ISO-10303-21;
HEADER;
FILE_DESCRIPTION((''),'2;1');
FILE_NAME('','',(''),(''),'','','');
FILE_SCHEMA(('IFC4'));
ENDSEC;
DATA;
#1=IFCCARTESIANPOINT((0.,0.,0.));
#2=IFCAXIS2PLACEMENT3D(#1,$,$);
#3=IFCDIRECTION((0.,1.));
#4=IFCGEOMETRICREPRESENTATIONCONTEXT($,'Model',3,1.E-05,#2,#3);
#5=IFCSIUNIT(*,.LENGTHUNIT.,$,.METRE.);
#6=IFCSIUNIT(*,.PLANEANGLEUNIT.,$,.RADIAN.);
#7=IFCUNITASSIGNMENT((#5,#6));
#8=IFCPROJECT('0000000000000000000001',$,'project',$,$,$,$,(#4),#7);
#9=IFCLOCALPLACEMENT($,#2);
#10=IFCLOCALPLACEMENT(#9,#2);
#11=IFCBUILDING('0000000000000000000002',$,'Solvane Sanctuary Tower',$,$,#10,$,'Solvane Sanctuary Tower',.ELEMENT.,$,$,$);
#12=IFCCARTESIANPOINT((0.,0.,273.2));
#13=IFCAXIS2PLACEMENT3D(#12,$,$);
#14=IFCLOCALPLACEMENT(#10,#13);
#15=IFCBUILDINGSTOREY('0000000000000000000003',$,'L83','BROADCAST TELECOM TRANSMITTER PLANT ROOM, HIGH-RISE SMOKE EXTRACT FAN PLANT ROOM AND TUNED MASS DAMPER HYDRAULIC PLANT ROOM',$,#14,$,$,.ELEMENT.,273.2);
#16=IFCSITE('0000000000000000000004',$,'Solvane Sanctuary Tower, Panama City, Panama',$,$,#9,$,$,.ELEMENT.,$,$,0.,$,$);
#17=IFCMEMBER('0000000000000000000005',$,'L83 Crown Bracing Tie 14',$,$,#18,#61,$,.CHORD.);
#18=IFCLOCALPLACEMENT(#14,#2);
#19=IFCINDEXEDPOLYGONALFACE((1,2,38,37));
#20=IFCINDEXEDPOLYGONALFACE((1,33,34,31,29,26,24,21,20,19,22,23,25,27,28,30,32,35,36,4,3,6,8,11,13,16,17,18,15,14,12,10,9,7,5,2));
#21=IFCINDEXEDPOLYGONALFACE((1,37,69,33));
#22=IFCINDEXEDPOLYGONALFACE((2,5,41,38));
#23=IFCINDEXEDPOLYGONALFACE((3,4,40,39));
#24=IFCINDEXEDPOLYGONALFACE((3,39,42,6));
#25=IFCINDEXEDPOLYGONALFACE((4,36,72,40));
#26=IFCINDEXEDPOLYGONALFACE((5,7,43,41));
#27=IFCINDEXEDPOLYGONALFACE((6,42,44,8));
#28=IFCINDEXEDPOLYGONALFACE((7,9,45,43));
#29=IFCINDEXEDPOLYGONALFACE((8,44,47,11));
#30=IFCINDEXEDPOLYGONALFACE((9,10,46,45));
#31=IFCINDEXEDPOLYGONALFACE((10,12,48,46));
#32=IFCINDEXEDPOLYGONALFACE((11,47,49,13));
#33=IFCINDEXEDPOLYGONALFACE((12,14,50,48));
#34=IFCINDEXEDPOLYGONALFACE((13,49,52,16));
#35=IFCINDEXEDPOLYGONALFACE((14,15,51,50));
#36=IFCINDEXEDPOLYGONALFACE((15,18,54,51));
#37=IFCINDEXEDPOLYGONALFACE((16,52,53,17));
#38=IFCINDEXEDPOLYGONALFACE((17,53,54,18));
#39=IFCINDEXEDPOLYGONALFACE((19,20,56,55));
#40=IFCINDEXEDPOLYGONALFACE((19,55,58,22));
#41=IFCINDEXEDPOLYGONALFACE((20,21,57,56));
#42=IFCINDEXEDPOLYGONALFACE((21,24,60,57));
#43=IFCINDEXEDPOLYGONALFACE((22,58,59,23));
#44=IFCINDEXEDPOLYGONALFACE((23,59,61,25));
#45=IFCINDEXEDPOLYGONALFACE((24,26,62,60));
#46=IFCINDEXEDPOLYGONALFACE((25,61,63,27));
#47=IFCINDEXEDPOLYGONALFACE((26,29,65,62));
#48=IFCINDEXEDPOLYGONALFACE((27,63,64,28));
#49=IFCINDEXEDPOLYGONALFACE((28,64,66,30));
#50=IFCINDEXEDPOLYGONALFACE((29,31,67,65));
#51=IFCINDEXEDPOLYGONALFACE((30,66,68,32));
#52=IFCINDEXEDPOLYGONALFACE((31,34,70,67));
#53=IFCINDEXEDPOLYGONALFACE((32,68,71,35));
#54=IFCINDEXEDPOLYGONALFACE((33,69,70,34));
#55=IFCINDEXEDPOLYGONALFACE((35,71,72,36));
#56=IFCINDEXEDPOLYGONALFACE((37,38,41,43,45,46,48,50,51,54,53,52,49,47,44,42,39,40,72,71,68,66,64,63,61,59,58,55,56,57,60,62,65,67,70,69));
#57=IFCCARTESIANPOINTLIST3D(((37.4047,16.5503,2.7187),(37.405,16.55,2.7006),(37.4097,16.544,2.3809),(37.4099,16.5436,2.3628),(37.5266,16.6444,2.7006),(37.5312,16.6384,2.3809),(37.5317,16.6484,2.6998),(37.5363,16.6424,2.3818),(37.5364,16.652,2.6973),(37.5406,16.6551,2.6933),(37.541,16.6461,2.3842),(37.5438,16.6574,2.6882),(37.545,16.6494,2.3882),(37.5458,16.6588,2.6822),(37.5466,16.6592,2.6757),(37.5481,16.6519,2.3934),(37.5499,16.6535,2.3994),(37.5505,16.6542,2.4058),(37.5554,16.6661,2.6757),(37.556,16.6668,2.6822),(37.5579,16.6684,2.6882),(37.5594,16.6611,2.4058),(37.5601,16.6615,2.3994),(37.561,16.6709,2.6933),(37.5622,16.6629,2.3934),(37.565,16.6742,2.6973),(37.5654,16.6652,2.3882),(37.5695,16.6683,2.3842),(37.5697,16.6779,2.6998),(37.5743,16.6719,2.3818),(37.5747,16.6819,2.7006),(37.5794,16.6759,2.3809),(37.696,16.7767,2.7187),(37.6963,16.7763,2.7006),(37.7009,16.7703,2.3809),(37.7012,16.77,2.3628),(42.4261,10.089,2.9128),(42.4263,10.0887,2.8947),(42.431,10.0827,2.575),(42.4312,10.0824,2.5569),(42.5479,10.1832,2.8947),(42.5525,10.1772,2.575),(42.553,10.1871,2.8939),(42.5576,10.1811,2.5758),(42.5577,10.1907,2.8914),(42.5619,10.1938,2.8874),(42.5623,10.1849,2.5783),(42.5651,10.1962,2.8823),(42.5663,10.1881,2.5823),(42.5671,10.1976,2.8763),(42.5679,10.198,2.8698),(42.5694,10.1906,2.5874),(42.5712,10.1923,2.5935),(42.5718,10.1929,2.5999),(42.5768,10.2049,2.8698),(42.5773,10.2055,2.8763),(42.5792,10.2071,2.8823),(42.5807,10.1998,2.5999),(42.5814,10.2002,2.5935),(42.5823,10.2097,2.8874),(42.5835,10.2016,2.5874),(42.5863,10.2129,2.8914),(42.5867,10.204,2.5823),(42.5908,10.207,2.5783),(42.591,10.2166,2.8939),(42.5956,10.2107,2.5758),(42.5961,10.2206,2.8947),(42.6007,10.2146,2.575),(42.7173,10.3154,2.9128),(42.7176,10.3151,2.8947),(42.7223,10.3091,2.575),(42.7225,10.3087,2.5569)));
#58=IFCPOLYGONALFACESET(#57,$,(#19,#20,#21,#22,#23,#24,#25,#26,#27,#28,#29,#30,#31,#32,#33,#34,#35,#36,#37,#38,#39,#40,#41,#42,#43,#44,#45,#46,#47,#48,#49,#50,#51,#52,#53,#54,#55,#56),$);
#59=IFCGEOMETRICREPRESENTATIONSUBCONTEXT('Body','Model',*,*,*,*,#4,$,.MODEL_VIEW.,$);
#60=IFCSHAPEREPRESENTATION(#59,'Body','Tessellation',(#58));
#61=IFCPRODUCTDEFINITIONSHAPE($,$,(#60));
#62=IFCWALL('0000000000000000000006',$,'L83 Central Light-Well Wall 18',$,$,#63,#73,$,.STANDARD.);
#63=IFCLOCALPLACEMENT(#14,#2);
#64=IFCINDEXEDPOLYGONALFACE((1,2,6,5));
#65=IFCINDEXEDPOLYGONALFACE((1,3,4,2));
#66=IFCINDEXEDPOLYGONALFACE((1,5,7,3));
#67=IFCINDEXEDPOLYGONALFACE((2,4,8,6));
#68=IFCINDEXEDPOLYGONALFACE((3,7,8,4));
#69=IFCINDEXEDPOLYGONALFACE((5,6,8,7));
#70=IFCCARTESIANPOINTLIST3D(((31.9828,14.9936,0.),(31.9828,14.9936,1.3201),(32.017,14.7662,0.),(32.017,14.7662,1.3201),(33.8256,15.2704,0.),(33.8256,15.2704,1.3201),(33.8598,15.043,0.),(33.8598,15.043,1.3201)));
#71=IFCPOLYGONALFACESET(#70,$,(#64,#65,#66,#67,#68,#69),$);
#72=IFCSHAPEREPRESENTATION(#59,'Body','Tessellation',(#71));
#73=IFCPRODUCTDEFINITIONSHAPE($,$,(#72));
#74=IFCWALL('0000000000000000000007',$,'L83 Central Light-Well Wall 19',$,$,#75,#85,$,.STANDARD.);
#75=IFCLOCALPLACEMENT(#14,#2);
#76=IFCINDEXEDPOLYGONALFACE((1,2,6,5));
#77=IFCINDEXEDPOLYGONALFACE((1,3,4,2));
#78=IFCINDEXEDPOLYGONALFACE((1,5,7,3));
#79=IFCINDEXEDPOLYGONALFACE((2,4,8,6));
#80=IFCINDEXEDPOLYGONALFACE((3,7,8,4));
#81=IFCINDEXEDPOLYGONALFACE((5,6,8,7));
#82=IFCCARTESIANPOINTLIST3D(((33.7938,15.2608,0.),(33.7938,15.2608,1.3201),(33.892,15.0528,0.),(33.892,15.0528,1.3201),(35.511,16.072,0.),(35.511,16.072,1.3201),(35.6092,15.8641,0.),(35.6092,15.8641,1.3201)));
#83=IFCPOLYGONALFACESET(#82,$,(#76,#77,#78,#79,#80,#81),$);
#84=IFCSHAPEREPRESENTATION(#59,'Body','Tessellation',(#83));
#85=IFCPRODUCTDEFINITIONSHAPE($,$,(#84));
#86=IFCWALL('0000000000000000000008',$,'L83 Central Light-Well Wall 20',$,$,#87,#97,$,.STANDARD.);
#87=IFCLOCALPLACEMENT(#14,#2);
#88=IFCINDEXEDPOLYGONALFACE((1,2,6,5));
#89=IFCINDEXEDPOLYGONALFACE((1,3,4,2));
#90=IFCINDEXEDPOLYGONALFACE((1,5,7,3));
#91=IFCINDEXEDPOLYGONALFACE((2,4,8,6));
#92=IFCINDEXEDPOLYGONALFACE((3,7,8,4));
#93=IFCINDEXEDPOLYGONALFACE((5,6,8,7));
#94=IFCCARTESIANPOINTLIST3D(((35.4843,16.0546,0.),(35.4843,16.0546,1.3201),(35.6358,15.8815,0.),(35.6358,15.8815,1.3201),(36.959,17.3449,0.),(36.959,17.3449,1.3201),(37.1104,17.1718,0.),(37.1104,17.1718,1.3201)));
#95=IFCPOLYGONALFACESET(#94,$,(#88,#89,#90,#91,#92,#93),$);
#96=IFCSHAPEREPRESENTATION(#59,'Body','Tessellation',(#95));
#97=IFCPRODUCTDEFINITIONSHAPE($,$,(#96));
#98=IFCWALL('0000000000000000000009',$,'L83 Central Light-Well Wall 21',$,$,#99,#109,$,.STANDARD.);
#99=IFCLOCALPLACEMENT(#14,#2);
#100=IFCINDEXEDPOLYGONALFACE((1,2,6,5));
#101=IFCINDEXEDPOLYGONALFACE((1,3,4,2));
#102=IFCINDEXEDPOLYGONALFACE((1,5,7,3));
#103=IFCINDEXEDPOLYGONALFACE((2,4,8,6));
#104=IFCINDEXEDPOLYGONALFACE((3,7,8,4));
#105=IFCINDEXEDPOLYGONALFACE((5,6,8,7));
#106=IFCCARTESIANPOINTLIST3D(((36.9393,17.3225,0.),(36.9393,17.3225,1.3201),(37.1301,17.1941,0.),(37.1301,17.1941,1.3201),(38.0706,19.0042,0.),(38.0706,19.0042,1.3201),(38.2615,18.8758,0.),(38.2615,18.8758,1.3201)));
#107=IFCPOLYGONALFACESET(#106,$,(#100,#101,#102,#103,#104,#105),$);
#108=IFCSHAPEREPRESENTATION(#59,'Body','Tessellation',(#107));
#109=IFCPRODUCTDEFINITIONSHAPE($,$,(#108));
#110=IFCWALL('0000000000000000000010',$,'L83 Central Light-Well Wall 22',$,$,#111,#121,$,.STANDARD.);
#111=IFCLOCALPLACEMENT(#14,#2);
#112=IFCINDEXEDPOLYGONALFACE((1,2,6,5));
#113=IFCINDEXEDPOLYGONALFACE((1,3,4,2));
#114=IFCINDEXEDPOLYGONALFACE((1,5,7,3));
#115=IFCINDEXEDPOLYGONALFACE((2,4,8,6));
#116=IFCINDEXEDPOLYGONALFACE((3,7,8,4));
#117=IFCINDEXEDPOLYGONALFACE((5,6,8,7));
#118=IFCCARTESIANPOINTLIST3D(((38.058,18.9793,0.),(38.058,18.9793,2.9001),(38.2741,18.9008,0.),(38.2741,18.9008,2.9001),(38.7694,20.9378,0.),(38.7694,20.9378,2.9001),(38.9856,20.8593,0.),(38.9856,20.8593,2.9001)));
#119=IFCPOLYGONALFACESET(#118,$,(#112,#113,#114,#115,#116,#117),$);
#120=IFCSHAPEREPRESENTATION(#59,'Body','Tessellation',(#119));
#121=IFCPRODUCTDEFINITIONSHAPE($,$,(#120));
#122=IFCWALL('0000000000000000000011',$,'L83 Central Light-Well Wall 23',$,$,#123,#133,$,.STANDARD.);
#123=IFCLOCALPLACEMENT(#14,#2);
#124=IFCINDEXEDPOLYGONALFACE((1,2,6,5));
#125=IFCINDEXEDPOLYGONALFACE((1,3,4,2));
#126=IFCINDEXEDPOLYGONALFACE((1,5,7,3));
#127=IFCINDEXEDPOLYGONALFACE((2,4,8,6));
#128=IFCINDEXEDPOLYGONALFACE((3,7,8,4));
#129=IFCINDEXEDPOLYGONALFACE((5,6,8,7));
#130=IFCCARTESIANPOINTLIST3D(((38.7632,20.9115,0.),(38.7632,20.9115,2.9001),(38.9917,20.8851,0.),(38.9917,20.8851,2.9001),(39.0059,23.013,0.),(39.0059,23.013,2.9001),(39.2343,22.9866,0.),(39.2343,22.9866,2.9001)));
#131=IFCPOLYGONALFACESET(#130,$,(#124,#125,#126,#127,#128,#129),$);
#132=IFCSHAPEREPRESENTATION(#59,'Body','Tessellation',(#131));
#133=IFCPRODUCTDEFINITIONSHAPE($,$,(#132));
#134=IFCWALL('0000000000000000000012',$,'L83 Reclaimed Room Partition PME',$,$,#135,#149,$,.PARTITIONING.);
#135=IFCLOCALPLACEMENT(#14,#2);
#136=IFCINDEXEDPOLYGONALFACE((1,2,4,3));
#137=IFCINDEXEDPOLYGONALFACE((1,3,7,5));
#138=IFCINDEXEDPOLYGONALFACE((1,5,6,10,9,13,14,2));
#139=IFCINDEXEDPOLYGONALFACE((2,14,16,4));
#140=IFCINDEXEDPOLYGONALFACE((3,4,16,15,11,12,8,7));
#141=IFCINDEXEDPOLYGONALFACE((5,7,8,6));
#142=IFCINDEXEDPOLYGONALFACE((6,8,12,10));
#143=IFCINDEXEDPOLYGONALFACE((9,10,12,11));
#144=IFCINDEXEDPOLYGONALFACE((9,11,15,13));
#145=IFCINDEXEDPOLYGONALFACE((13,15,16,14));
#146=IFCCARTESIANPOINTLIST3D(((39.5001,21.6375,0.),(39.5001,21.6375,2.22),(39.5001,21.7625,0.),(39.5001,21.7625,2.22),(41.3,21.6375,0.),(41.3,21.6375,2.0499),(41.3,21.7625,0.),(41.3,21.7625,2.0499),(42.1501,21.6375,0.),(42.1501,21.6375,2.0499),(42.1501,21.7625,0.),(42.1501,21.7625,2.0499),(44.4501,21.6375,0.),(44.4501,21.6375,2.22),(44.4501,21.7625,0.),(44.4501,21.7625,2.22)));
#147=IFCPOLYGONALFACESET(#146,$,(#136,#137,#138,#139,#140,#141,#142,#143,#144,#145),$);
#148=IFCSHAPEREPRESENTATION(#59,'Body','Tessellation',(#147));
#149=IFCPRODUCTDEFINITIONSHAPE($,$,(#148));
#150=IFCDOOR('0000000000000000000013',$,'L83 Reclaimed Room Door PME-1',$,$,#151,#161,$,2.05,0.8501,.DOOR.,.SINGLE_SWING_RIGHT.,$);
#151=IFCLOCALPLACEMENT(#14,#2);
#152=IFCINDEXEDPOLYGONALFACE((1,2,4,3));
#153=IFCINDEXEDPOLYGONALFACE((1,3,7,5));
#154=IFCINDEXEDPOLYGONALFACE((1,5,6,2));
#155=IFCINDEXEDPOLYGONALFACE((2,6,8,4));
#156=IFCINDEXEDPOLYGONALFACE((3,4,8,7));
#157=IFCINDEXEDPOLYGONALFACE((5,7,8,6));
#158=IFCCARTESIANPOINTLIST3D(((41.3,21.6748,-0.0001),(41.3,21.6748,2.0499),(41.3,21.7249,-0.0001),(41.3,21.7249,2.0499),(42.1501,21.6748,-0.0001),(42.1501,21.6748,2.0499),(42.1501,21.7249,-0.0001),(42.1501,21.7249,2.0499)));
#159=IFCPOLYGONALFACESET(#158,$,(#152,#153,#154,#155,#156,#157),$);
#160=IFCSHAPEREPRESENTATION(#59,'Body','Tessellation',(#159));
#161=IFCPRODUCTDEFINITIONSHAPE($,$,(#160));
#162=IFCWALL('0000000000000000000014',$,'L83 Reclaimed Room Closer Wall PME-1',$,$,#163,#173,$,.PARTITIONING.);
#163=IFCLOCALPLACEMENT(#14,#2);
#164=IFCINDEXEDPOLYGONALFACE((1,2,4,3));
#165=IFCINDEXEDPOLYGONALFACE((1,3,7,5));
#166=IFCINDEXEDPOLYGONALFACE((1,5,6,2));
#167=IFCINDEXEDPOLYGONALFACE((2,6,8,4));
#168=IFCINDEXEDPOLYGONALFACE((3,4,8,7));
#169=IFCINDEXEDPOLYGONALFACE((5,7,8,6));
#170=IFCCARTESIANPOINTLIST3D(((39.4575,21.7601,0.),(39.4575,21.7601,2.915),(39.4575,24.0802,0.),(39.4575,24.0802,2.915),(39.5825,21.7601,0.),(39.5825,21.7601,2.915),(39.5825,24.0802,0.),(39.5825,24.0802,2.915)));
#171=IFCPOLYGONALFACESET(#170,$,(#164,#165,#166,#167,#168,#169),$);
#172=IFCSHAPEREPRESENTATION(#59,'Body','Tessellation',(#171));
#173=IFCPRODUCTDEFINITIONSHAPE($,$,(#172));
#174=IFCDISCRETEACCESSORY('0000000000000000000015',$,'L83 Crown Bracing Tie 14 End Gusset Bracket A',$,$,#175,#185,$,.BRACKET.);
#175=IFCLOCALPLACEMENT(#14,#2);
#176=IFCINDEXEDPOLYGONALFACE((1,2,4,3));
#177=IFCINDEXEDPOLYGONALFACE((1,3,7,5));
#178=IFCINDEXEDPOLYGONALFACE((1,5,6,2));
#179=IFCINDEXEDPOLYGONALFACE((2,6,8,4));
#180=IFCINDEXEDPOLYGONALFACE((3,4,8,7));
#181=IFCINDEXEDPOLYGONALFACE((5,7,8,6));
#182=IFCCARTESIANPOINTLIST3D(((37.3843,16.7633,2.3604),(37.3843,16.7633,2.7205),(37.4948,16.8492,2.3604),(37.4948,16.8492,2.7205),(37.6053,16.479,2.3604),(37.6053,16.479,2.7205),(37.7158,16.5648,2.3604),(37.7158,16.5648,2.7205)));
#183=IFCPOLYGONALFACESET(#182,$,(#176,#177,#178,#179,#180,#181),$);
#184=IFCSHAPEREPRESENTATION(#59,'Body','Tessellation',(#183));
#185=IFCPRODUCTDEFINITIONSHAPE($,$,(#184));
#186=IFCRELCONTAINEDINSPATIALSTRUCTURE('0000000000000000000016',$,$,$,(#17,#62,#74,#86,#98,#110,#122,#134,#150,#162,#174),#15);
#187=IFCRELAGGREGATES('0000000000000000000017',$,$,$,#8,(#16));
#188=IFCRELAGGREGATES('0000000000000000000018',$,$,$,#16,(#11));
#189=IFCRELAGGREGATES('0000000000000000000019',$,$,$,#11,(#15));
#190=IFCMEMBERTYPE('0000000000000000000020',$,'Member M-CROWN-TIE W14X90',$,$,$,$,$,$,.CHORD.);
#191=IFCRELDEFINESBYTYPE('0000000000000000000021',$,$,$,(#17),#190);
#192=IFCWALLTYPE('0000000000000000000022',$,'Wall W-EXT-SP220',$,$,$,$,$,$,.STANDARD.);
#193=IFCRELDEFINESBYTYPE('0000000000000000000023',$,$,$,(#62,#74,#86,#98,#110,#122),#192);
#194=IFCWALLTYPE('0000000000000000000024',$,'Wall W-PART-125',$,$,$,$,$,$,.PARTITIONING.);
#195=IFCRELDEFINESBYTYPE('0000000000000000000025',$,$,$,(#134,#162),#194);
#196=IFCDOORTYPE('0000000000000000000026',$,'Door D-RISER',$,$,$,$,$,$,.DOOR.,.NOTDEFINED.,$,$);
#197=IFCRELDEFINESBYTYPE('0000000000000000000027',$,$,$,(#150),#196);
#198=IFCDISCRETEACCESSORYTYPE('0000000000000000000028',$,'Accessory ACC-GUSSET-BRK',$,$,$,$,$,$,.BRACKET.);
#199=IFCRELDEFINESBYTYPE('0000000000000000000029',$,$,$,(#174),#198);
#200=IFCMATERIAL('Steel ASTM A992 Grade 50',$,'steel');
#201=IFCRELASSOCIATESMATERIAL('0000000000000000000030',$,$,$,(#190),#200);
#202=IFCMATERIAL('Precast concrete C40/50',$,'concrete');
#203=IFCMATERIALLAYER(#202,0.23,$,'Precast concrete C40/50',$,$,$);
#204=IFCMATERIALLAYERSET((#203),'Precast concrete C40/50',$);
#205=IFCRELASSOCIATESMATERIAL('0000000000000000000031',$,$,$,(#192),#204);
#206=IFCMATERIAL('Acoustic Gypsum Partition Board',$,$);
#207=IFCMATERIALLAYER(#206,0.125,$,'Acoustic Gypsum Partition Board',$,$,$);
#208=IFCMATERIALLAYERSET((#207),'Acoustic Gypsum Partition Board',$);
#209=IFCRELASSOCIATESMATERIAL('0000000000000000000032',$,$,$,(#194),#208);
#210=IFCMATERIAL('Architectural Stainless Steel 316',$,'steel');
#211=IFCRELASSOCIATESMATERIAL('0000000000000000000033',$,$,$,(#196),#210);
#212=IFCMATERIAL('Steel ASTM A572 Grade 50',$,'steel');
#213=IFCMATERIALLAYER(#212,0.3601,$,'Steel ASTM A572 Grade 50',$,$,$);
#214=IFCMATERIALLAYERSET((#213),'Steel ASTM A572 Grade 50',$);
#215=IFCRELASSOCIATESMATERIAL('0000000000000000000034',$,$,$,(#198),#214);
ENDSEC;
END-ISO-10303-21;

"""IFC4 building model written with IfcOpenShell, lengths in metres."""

from ifc_helpers import new_model, si_unit, direction, frame, frame_2d, origin, origin_2d, place, context, subcontext, project, spatial, rectangle, i_section, extrude, material, layer, layer_set, material_profile, profile_set, type_object, element, fill, save


model = new_model("IFC4")

# Units and contexts
model_context = context("Model", 3, precision=1e-05, world=origin(), true_north=direction((0.0, 1.0)))
body_context = subcontext(model_context, "Body", "Model", "MODEL_VIEW")
ifc_project = project(units=[si_unit("LENGTHUNIT", "METRE"), si_unit("PLANEANGLEUNIT", "RADIAN")], contexts=[model_context])

# Site, building, storey
site_placement = place(None, origin())
site = spatial("IfcSite", under=ifc_project, at=site_placement, Name="Solvane Sanctuary Tower, Panama City, Panama", CompositionType="ELEMENT", RefElevation=0.0)
building_placement = place(site_placement, origin())
building = spatial("IfcBuilding", under=site, at=building_placement, Name="Solvane Sanctuary Tower", LongName="Solvane Sanctuary Tower", CompositionType="ELEMENT")
storey_placement = place(building_placement, frame((0.0, 0.0, 273.2)))
storey = spatial("IfcBuildingStorey", under=building, at=storey_placement, Name="L83", Description="BROADCAST TELECOM TRANSMITTER PLANT ROOM, HIGH-RISE SMOKE EXTRACT FAN PLANT ROOM AND TUNED MASS DAMPER HYDRAULIC PLANT ROOM", CompositionType="ELEMENT", Elevation=273.2)

# Shared definitions
ifc_material_1 = material(Name="Steel ASTM A992 Grade 50", Category="steel")

# Member
ifc_material_profile_1 = material_profile(ifc_material_1, i_section(OverallWidth=0.3689, OverallDepth=0.356, WebThickness=0.0112, FlangeThickness=0.0181, FilletRadius=0.0249, at=origin_2d()), Name="W14X90")
ifc_profile_set_1 = profile_set([ifc_material_profile_1], Name="Steel ASTM A992 Grade 50")
member_type = type_object("IfcMemberType", Name="Member M-CROWN-TIE W14X90", PredefinedType="CHORD", material=ifc_profile_set_1)
member_placement = place(storey_placement, frame((37.553, 16.6602, 2.5408), z_axis=(0.613454, -0.789374, 0.023713), x_axis=(0.789596, 0.613627, 0.0)))
element("IfcMember", 1, at=member_placement, inside=storey, type_object=member_type, Name="L83 Crown Bracing Tie 14", PredefinedType="CHORD", context=body_context, shape_type="SweptSolid", body=[
    extrude(i_section(OverallWidth=0.3689, OverallDepth=0.356, WebThickness=0.0112, FlangeThickness=0.0181, FilletRadius=0.0249, at=origin_2d()), origin(), (0.0, 0.0, 1.0), 8.1853),
])

# Walls
ifc_material_2 = material(Name="Precast concrete C40/50", Category="concrete")
ifc_layer_1 = layer(ifc_material_2, 0.23, Name="Precast concrete C40/50")
ifc_layer_set_1 = layer_set([ifc_layer_1], Name="Precast concrete C40/50")
wall_type_1 = type_object("IfcWallType", Name="Wall W-EXT-SP220", PredefinedType="STANDARD", material=ifc_layer_set_1)
wall_1_placement = place(storey_placement, frame((32.0, 14.8799, 0.0), z_axis=(0.0, 0.0, 1.0), x_axis=(0.988902, 0.148571, 0.0)))
element("IfcWall", 2, at=wall_1_placement, inside=storey, type_object=wall_type_1, Name="L83 Central Light-Well Wall 18", PredefinedType="STANDARD", context=body_context, shape_type="SweptSolid", body=[
    extrude(rectangle(XDim=1.8635, YDim=0.23, at=frame_2d((0.9316, 0.0))), origin(), (0.0, 0.0, 1.0), 1.3201),
])
wall_2_placement = place(storey_placement, frame((33.8428, 15.1567, 0.0), z_axis=(0.0, 0.0, 1.0), x_axis=(0.90418, 0.427152, 0.0)))
element("IfcWall", 3, at=wall_2_placement, inside=storey, type_object=wall_type_1, Name="L83 Central Light-Well Wall 19", PredefinedType="STANDARD", context=body_context, shape_type="SweptSolid", body=[
    extrude(rectangle(XDim=1.8992, YDim=0.23, at=frame_2d((0.9497, 0.0))), origin(), (0.0, 0.0, 1.0), 1.3201),
])
wall_3_placement = place(storey_placement, frame((35.5601, 15.968, 0.0), z_axis=(0.0, 0.0, 1.0), x_axis=(0.752577, 0.658505, 0.0)))
element("IfcWall", 4, at=wall_3_placement, inside=storey, type_object=wall_type_1, Name="L83 Central Light-Well Wall 20", PredefinedType="STANDARD", context=body_context, shape_type="SweptSolid", body=[
    extrude(rectangle(XDim=1.9595, YDim=0.23, at=frame_2d((0.9797, 0.0))), origin(), (0.0, 0.0, 1.0), 1.3201),
])
wall_4_placement = place(storey_placement, frame((37.0347, 17.2583, 0.0), z_axis=(0.0, 0.0, 1.0), x_axis=(0.558198, 0.829708, 0.0)))
element("IfcWall", 5, at=wall_4_placement, inside=storey, type_object=wall_type_1, Name="L83 Central Light-Well Wall 21", PredefinedType="STANDARD", context=body_context, shape_type="SweptSolid", body=[
    extrude(rectangle(XDim=2.0269, YDim=0.23, at=frame_2d((1.0134, 0.0))), origin(), (0.0, 0.0, 1.0), 1.3201),
])
wall_5_placement = place(storey_placement, frame((38.166, 18.9399, 0.0), z_axis=(0.0, 0.0, 1.0), x_axis=(0.341423, 0.93991, 0.0)))
element("IfcWall", 6, at=wall_5_placement, inside=storey, type_object=wall_type_1, Name="L83 Central Light-Well Wall 22", PredefinedType="STANDARD", context=body_context, shape_type="SweptSolid", body=[
    extrude(rectangle(XDim=2.0837, YDim=0.23, at=frame_2d((1.042, 0.0))), origin(), (0.0, 0.0, 1.0), 2.9001),
])
wall_6_placement = place(storey_placement, frame((38.8774, 20.8984, 0.0), z_axis=(0.0, 0.0, 1.0), x_axis=(0.114712, 0.993399, 0.0)))
element("IfcWall", 7, at=wall_6_placement, inside=storey, type_object=wall_type_1, Name="L83 Central Light-Well Wall 23", PredefinedType="STANDARD", context=body_context, shape_type="SweptSolid", body=[
    extrude(rectangle(XDim=2.1155, YDim=0.23, at=frame_2d((1.0576, 0.0))), origin(), (0.0, 0.0, 1.0), 2.9001),
])

# Wall, opening, door
ifc_material_3 = material(Name="Acoustic Gypsum Partition Board")
ifc_layer_2 = layer(ifc_material_3, 0.125, Name="Acoustic Gypsum Partition Board")
ifc_layer_set_2 = layer_set([ifc_layer_2], Name="Acoustic Gypsum Partition Board")
wall_type_2 = type_object("IfcWallType", Name="Wall W-PART-125", PredefinedType="PARTITIONING", material=ifc_layer_set_2)
wall_7_placement = place(storey_placement, frame((39.5, 21.7, 0.0), z_axis=(0.0, 0.0, 1.0), x_axis=(1.0, 0.0, 0.0)))
wall_7 = element("IfcWall", 8, at=wall_7_placement, inside=storey, type_object=wall_type_2, Name="L83 Reclaimed Room Partition PME", PredefinedType="PARTITIONING", context=body_context, shape_type="SweptSolid", body=[
    extrude(rectangle(XDim=4.95, YDim=0.125, at=frame_2d((2.4751, 0.0))), origin(), (0.0, 0.0, 1.0), 2.22),
])
opening_placement = place(wall_7_placement, frame((1.8, 0.0, 0.0)))
opening = element("IfcOpeningElement", 9, at=opening_placement, cuts=wall_7, PredefinedType="OPENING", context=body_context, shape_type="SweptSolid", body=[
    extrude(rectangle(XDim=0.8501, YDim=2.05, at=frame_2d((0.425, 1.0249))), frame((0.0, 0.0725, 0.0), z_axis=(0.0, -1.0, 0.0), x_axis=(1.0, 0.0, 0.0)), (0.0, 0.0, 1.0), 0.145),
])
ifc_material_4 = material(Name="Architectural Stainless Steel 316", Category="steel")
door_type = type_object("IfcDoorType", Name="Door D-RISER", OperationType="NOTDEFINED", PredefinedType="DOOR", material=ifc_material_4)
door_placement = place(opening_placement, origin())
door = element("IfcDoor", 10, at=door_placement, inside=storey, type_object=door_type, Name="L83 Reclaimed Room Door PME-1", OperationType="SINGLE_SWING_RIGHT", OverallHeight=2.05, OverallWidth=0.8501, PredefinedType="DOOR", context=body_context, shape_type="SweptSolid", body=[
    extrude(rectangle(XDim=0.8501, YDim=2.05, at=frame_2d((0.425, 1.0249))), frame((0.0, 0.0249, 0.0), z_axis=(0.0, -1.0, 0.0), x_axis=(1.0, 0.0, 0.0)), (0.0, 0.0, 1.0), 0.05),
])
fill(opening, door)

# Wall
wall_8_placement = place(storey_placement, frame((39.52, 21.76, 0.0), z_axis=(0.0, 0.0, 1.0), x_axis=(0.0, 1.0, 0.0)))
element("IfcWall", 11, at=wall_8_placement, inside=storey, type_object=wall_type_2, Name="L83 Reclaimed Room Closer Wall PME-1", PredefinedType="PARTITIONING", context=body_context, shape_type="SweptSolid", body=[
    extrude(rectangle(XDim=2.3201, YDim=0.125, at=frame_2d((1.1602, 0.0))), origin(), (0.0, 0.0, 1.0), 2.915),
])

# Discrete accessory
ifc_material_5 = material(Name="Steel ASTM A572 Grade 50", Category="steel")
ifc_layer_3 = layer(ifc_material_5, 0.3601, Name="Steel ASTM A572 Grade 50")
ifc_layer_set_3 = layer_set([ifc_layer_3], Name="Steel ASTM A572 Grade 50")
discrete_accessory_type = type_object("IfcDiscreteAccessoryType", Name="Accessory ACC-GUSSET-BRK", PredefinedType="BRACKET", material=ifc_layer_set_3)
discrete_accessory_placement = place(storey_placement, frame((37.55, 16.6641, 2.3604), z_axis=(0.0, 0.0, 1.0), x_axis=(0.613596, -0.78962, 0.0)))
element("IfcDiscreteAccessory", 12, at=discrete_accessory_placement, inside=storey, type_object=discrete_accessory_type, Name="L83 Crown Bracing Tie 14 End Gusset Bracket A", PredefinedType="BRACKET", context=body_context, shape_type="SweptSolid", body=[
    extrude(rectangle(XDim=0.3601, YDim=0.1399, at=origin_2d()), origin(), (0.0, 0.0, 1.0), 0.3601),
])

save(model, "model.ifc")
